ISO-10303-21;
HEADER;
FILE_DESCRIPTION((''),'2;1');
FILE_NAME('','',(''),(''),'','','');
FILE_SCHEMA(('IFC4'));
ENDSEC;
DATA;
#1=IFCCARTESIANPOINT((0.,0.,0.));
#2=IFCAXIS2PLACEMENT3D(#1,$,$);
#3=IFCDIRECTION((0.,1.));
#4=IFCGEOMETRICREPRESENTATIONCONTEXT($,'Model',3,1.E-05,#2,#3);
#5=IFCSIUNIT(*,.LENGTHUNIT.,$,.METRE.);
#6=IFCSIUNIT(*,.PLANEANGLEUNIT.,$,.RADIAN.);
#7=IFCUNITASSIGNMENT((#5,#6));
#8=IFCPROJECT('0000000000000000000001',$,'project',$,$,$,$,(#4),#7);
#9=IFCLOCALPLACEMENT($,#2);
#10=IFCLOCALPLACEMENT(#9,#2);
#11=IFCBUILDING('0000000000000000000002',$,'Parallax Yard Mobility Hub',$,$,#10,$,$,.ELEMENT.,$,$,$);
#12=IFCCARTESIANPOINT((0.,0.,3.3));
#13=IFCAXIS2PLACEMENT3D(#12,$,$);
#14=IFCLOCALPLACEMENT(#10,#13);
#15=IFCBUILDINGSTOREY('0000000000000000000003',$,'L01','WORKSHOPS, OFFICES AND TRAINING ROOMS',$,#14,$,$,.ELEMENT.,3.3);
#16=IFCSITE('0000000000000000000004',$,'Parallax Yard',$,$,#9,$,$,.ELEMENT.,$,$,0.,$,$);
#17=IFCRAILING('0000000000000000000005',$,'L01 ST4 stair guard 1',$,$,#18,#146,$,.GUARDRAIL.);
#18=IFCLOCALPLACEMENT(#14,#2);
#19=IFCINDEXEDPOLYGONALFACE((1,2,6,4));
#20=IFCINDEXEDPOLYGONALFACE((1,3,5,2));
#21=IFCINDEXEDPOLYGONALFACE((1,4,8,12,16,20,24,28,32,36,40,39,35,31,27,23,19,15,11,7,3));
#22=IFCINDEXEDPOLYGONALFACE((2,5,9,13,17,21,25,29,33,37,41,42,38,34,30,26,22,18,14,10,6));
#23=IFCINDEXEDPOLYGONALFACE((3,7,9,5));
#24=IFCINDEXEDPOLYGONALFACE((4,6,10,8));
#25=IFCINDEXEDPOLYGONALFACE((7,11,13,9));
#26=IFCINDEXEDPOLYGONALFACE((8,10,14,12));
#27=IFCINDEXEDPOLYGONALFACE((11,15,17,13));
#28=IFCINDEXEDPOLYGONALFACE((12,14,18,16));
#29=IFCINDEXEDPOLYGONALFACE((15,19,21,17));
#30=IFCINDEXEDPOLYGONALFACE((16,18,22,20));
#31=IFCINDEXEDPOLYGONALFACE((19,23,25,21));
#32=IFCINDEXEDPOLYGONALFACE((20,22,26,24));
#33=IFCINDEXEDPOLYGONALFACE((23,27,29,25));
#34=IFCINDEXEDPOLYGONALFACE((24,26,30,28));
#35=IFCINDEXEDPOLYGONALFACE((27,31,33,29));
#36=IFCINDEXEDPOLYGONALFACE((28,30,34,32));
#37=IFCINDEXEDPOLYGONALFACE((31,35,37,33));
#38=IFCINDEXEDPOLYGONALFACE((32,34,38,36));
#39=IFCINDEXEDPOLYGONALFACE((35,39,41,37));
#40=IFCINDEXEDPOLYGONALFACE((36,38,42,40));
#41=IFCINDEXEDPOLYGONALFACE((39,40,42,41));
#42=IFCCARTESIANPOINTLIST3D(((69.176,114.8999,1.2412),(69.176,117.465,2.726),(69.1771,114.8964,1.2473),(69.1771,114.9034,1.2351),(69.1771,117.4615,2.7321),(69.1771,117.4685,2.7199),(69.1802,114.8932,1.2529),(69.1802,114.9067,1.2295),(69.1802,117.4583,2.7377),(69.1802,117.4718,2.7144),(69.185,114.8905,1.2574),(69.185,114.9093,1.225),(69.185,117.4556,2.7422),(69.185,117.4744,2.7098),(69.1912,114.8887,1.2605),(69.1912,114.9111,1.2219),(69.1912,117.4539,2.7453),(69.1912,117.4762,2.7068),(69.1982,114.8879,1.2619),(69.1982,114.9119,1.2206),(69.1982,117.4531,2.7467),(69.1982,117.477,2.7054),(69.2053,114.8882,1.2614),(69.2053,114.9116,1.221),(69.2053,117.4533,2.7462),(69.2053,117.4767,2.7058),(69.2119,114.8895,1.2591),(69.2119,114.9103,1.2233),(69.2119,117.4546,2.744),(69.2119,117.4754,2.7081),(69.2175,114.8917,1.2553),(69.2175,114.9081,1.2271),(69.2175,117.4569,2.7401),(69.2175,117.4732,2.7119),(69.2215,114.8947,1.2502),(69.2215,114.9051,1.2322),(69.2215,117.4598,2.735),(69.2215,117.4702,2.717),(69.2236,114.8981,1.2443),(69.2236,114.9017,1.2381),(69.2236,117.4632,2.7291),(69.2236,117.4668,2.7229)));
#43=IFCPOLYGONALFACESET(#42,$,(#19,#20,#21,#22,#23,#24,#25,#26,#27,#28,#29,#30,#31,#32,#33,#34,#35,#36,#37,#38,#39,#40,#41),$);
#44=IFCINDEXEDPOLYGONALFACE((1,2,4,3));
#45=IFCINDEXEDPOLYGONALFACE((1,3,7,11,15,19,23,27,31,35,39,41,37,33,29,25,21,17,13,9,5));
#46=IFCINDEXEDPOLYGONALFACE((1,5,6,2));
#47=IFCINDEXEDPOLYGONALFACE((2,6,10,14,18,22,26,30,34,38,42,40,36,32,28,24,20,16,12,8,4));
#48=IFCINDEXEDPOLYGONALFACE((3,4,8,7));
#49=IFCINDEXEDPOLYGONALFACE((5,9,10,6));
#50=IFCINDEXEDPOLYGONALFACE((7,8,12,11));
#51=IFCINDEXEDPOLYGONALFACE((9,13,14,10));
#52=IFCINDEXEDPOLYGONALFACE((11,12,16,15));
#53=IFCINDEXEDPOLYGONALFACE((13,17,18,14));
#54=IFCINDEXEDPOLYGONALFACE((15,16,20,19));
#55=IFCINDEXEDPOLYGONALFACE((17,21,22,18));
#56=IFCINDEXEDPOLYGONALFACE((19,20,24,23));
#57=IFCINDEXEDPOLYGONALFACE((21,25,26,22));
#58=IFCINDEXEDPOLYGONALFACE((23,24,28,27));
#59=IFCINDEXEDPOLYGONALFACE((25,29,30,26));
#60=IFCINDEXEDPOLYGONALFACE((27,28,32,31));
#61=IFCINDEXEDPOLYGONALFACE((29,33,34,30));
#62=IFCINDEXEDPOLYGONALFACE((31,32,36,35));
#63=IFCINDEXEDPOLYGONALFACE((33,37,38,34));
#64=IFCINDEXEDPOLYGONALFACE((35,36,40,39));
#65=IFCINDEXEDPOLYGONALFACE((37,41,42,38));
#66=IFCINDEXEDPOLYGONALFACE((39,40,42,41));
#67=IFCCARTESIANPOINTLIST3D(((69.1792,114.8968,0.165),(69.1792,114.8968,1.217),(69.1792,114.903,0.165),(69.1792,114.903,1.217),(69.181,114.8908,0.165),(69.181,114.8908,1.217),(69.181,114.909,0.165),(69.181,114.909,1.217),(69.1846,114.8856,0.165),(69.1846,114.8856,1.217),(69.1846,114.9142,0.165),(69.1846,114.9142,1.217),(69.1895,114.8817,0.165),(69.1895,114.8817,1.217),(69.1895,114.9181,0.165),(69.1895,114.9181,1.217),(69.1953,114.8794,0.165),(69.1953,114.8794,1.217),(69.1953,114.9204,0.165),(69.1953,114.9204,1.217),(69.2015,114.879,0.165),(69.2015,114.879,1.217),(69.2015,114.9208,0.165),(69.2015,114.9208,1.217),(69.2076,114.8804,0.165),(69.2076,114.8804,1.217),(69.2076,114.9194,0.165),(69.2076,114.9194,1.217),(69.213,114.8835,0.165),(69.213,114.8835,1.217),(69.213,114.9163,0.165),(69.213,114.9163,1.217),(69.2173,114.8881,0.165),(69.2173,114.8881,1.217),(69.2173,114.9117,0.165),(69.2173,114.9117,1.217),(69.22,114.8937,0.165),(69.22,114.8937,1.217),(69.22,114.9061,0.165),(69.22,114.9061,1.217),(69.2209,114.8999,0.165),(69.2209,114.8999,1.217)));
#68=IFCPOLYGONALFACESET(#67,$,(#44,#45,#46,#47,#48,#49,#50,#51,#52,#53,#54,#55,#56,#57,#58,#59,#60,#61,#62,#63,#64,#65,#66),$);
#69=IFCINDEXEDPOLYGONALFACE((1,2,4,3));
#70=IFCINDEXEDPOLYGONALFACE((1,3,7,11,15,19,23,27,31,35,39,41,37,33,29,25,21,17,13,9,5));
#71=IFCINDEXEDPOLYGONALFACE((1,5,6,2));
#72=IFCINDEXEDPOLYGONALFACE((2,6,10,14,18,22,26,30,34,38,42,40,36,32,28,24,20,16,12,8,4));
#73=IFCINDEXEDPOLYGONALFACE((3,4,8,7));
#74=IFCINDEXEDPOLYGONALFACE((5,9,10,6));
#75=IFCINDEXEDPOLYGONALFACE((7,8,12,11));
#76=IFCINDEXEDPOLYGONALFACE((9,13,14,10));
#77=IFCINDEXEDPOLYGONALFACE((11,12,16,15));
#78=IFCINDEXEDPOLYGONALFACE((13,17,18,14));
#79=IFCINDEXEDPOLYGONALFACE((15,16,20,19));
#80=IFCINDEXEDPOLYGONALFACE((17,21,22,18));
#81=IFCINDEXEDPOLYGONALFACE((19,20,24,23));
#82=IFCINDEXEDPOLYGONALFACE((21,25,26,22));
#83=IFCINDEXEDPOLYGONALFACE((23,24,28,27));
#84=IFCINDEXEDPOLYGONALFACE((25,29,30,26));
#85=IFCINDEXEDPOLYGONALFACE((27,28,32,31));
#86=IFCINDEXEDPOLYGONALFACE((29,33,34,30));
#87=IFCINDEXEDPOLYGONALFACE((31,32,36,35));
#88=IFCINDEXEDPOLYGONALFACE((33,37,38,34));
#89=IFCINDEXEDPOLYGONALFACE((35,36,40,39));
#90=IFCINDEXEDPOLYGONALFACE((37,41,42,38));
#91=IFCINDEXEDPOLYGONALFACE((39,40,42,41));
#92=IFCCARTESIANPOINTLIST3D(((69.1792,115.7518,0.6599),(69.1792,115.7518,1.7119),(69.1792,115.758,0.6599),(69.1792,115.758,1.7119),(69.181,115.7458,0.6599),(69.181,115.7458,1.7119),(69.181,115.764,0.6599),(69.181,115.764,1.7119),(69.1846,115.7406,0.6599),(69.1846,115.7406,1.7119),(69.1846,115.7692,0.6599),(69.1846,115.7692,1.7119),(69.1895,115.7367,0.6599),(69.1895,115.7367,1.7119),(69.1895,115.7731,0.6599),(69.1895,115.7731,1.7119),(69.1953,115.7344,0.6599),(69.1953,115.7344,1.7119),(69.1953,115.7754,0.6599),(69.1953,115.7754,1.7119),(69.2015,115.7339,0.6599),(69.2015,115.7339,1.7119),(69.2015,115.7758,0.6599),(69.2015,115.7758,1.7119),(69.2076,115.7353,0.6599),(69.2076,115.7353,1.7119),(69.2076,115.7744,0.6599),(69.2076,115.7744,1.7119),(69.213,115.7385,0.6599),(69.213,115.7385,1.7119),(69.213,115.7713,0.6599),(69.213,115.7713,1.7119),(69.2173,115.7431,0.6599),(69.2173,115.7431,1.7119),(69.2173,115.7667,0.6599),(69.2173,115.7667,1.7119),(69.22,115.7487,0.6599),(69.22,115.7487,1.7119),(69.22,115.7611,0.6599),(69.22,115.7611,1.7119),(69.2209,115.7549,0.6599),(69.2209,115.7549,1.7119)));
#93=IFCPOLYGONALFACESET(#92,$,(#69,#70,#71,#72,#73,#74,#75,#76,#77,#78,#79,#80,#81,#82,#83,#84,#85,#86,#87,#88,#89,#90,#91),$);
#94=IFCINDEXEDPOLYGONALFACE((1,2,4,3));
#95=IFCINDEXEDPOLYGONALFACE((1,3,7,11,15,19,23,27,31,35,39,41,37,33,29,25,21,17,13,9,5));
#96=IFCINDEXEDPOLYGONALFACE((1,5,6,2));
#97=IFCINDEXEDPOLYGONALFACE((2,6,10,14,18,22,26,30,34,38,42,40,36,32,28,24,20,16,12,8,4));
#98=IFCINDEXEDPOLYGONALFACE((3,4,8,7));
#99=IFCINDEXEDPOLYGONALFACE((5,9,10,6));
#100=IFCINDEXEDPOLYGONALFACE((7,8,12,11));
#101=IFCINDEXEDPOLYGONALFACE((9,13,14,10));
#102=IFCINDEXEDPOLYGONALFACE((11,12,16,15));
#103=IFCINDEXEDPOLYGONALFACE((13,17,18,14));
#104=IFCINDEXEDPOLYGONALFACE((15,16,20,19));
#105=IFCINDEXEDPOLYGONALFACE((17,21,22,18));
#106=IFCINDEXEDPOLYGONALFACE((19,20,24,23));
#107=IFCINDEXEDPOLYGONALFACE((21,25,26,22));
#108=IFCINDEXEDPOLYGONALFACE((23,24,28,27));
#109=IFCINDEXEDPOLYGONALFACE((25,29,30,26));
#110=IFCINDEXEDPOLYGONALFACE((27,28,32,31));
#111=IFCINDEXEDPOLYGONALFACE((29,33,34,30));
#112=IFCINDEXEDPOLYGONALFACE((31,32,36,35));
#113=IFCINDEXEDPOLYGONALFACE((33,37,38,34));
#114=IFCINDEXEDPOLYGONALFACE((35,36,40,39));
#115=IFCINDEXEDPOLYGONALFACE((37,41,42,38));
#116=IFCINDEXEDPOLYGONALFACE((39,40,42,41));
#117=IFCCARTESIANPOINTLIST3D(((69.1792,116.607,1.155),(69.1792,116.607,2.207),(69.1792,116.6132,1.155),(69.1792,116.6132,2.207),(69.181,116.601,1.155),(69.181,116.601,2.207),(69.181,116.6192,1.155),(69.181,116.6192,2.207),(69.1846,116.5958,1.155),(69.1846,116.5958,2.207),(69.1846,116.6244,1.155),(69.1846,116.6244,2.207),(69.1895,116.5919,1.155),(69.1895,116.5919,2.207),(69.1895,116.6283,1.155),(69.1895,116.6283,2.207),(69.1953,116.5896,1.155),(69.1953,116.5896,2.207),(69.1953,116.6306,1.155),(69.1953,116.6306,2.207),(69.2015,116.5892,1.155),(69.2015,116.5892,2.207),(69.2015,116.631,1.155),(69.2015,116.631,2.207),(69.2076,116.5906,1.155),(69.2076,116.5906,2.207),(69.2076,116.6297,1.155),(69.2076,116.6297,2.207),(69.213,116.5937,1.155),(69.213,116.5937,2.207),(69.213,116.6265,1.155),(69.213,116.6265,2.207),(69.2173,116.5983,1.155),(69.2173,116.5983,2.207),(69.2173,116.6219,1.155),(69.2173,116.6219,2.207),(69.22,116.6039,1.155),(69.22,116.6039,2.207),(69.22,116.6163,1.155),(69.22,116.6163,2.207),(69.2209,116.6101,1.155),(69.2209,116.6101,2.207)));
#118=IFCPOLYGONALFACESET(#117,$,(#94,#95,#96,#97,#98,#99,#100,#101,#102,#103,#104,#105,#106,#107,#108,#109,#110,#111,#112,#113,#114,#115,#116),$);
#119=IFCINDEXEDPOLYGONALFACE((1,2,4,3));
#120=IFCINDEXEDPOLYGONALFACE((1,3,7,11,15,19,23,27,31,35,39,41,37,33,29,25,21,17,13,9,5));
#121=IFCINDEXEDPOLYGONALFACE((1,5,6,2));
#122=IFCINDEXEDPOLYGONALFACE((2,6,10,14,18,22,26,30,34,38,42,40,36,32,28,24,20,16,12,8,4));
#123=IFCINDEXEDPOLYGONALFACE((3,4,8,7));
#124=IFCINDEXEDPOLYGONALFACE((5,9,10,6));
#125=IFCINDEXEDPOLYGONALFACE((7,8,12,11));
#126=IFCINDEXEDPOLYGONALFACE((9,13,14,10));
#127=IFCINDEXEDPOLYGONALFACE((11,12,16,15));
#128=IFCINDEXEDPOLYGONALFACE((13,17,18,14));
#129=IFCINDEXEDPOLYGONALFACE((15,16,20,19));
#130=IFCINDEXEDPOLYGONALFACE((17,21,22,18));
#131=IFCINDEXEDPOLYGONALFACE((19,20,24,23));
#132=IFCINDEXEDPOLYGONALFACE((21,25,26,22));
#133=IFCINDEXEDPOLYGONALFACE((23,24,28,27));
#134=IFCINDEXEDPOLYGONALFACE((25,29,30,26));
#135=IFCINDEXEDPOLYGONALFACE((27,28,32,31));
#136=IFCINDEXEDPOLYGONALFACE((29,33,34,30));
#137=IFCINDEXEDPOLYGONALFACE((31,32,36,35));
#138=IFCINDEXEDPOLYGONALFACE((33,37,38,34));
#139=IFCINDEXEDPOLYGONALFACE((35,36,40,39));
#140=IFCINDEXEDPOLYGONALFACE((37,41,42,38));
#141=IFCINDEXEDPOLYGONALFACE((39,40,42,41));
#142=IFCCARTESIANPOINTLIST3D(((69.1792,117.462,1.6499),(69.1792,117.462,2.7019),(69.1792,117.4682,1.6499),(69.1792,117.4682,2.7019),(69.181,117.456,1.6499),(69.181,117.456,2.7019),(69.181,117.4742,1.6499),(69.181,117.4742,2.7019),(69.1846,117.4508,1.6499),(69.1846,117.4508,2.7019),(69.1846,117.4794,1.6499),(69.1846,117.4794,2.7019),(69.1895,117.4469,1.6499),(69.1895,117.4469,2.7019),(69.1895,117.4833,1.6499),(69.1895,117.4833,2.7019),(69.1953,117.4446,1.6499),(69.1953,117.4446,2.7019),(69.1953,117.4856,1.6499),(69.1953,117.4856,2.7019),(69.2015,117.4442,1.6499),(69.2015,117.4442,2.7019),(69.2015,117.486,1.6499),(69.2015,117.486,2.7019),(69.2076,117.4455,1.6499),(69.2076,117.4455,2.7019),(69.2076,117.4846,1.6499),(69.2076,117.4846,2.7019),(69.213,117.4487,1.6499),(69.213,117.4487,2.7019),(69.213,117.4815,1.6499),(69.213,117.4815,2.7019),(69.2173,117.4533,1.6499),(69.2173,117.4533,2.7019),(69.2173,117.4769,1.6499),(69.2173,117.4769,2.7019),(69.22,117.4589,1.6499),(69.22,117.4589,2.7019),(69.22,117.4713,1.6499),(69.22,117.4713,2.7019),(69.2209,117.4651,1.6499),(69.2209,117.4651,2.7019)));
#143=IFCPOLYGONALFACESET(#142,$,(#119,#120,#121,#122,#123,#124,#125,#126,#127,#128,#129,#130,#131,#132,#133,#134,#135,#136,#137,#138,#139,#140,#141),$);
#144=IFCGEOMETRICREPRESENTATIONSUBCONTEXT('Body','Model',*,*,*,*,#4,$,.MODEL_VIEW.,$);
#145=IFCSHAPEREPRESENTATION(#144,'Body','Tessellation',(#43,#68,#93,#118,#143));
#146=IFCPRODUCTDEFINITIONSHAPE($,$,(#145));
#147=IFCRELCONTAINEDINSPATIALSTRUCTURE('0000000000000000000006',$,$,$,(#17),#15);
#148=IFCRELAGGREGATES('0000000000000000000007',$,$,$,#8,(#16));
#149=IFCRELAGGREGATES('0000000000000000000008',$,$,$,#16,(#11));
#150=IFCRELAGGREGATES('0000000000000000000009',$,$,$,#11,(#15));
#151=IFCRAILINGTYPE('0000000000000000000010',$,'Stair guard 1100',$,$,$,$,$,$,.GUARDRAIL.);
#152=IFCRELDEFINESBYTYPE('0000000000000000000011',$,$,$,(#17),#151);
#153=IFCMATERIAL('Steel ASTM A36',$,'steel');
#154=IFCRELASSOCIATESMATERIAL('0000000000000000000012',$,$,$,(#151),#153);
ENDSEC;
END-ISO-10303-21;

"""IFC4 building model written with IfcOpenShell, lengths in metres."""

from ifc_helpers import new_model, si_unit, direction, frame, origin, origin_2d, place, context, subcontext, project, spatial, circle, extrude, material, type_object, element, save


model = new_model("IFC4")

# Units and contexts
model_context = context("Model", 3, precision=1e-05, world=origin(), true_north=direction((0.0, 1.0)))
body_context = subcontext(model_context, "Body", "Model", "MODEL_VIEW")
ifc_project = project(units=[si_unit("LENGTHUNIT", "METRE"), si_unit("PLANEANGLEUNIT", "RADIAN")], contexts=[model_context])

# Site, building, storey
site_placement = place(None, origin())
site = spatial("IfcSite", under=ifc_project, at=site_placement, Name="Parallax Yard", CompositionType="ELEMENT", RefElevation=0.0)
building_placement = place(site_placement, origin())
building = spatial("IfcBuilding", under=site, at=building_placement, Name="Parallax Yard Mobility Hub", CompositionType="ELEMENT")
storey_placement = place(building_placement, frame((0.0, 0.0, 3.3)))
storey = spatial("IfcBuildingStorey", under=building, at=storey_placement, Name="L01", Description="WORKSHOPS, OFFICES AND TRAINING ROOMS", CompositionType="ELEMENT", Elevation=3.3)

# Railing
ifc_material_1 = material(Name="Steel ASTM A36", Category="steel")
railing_type_1 = type_object("IfcRailingType", Name="Stair guard 1100", PredefinedType="GUARDRAIL", material=ifc_material_1)
railing_1_placement = place(storey_placement, frame((69.2, 114.8999, 0.165)))
element("IfcRailing", 1, at=railing_1_placement, inside=storey, type_object=railing_type_1, Name="L01 ST4 stair guard 1", PredefinedType="GUARDRAIL", context=body_context, shape_type="SweptSolid", body=[
    extrude(circle(Radius=0.0239, at=origin_2d()), frame((0.0, 0.0, 1.0762), z_axis=(0.0, 0.865462, 0.500975), x_axis=(-1.0, 0.0, 0.0)), (0.0, 0.0, 1.0), 2.9639),
    extrude(circle(Radius=0.021, at=origin_2d()), origin(), (0.0, 0.0, 1.0), 1.052),
    extrude(circle(Radius=0.021, at=origin_2d()), frame((0.0, 0.855, 0.4949)), (0.0, 0.0, 1.0), 1.052),
    extrude(circle(Radius=0.021, at=origin_2d()), frame((0.0, 1.7102, 0.99)), (0.0, 0.0, 1.0), 1.052),
    extrude(circle(Radius=0.021, at=origin_2d()), frame((0.0, 2.5652, 1.4849)), (0.0, 0.0, 1.0), 1.052),
])

save(model, "model.ifc")
